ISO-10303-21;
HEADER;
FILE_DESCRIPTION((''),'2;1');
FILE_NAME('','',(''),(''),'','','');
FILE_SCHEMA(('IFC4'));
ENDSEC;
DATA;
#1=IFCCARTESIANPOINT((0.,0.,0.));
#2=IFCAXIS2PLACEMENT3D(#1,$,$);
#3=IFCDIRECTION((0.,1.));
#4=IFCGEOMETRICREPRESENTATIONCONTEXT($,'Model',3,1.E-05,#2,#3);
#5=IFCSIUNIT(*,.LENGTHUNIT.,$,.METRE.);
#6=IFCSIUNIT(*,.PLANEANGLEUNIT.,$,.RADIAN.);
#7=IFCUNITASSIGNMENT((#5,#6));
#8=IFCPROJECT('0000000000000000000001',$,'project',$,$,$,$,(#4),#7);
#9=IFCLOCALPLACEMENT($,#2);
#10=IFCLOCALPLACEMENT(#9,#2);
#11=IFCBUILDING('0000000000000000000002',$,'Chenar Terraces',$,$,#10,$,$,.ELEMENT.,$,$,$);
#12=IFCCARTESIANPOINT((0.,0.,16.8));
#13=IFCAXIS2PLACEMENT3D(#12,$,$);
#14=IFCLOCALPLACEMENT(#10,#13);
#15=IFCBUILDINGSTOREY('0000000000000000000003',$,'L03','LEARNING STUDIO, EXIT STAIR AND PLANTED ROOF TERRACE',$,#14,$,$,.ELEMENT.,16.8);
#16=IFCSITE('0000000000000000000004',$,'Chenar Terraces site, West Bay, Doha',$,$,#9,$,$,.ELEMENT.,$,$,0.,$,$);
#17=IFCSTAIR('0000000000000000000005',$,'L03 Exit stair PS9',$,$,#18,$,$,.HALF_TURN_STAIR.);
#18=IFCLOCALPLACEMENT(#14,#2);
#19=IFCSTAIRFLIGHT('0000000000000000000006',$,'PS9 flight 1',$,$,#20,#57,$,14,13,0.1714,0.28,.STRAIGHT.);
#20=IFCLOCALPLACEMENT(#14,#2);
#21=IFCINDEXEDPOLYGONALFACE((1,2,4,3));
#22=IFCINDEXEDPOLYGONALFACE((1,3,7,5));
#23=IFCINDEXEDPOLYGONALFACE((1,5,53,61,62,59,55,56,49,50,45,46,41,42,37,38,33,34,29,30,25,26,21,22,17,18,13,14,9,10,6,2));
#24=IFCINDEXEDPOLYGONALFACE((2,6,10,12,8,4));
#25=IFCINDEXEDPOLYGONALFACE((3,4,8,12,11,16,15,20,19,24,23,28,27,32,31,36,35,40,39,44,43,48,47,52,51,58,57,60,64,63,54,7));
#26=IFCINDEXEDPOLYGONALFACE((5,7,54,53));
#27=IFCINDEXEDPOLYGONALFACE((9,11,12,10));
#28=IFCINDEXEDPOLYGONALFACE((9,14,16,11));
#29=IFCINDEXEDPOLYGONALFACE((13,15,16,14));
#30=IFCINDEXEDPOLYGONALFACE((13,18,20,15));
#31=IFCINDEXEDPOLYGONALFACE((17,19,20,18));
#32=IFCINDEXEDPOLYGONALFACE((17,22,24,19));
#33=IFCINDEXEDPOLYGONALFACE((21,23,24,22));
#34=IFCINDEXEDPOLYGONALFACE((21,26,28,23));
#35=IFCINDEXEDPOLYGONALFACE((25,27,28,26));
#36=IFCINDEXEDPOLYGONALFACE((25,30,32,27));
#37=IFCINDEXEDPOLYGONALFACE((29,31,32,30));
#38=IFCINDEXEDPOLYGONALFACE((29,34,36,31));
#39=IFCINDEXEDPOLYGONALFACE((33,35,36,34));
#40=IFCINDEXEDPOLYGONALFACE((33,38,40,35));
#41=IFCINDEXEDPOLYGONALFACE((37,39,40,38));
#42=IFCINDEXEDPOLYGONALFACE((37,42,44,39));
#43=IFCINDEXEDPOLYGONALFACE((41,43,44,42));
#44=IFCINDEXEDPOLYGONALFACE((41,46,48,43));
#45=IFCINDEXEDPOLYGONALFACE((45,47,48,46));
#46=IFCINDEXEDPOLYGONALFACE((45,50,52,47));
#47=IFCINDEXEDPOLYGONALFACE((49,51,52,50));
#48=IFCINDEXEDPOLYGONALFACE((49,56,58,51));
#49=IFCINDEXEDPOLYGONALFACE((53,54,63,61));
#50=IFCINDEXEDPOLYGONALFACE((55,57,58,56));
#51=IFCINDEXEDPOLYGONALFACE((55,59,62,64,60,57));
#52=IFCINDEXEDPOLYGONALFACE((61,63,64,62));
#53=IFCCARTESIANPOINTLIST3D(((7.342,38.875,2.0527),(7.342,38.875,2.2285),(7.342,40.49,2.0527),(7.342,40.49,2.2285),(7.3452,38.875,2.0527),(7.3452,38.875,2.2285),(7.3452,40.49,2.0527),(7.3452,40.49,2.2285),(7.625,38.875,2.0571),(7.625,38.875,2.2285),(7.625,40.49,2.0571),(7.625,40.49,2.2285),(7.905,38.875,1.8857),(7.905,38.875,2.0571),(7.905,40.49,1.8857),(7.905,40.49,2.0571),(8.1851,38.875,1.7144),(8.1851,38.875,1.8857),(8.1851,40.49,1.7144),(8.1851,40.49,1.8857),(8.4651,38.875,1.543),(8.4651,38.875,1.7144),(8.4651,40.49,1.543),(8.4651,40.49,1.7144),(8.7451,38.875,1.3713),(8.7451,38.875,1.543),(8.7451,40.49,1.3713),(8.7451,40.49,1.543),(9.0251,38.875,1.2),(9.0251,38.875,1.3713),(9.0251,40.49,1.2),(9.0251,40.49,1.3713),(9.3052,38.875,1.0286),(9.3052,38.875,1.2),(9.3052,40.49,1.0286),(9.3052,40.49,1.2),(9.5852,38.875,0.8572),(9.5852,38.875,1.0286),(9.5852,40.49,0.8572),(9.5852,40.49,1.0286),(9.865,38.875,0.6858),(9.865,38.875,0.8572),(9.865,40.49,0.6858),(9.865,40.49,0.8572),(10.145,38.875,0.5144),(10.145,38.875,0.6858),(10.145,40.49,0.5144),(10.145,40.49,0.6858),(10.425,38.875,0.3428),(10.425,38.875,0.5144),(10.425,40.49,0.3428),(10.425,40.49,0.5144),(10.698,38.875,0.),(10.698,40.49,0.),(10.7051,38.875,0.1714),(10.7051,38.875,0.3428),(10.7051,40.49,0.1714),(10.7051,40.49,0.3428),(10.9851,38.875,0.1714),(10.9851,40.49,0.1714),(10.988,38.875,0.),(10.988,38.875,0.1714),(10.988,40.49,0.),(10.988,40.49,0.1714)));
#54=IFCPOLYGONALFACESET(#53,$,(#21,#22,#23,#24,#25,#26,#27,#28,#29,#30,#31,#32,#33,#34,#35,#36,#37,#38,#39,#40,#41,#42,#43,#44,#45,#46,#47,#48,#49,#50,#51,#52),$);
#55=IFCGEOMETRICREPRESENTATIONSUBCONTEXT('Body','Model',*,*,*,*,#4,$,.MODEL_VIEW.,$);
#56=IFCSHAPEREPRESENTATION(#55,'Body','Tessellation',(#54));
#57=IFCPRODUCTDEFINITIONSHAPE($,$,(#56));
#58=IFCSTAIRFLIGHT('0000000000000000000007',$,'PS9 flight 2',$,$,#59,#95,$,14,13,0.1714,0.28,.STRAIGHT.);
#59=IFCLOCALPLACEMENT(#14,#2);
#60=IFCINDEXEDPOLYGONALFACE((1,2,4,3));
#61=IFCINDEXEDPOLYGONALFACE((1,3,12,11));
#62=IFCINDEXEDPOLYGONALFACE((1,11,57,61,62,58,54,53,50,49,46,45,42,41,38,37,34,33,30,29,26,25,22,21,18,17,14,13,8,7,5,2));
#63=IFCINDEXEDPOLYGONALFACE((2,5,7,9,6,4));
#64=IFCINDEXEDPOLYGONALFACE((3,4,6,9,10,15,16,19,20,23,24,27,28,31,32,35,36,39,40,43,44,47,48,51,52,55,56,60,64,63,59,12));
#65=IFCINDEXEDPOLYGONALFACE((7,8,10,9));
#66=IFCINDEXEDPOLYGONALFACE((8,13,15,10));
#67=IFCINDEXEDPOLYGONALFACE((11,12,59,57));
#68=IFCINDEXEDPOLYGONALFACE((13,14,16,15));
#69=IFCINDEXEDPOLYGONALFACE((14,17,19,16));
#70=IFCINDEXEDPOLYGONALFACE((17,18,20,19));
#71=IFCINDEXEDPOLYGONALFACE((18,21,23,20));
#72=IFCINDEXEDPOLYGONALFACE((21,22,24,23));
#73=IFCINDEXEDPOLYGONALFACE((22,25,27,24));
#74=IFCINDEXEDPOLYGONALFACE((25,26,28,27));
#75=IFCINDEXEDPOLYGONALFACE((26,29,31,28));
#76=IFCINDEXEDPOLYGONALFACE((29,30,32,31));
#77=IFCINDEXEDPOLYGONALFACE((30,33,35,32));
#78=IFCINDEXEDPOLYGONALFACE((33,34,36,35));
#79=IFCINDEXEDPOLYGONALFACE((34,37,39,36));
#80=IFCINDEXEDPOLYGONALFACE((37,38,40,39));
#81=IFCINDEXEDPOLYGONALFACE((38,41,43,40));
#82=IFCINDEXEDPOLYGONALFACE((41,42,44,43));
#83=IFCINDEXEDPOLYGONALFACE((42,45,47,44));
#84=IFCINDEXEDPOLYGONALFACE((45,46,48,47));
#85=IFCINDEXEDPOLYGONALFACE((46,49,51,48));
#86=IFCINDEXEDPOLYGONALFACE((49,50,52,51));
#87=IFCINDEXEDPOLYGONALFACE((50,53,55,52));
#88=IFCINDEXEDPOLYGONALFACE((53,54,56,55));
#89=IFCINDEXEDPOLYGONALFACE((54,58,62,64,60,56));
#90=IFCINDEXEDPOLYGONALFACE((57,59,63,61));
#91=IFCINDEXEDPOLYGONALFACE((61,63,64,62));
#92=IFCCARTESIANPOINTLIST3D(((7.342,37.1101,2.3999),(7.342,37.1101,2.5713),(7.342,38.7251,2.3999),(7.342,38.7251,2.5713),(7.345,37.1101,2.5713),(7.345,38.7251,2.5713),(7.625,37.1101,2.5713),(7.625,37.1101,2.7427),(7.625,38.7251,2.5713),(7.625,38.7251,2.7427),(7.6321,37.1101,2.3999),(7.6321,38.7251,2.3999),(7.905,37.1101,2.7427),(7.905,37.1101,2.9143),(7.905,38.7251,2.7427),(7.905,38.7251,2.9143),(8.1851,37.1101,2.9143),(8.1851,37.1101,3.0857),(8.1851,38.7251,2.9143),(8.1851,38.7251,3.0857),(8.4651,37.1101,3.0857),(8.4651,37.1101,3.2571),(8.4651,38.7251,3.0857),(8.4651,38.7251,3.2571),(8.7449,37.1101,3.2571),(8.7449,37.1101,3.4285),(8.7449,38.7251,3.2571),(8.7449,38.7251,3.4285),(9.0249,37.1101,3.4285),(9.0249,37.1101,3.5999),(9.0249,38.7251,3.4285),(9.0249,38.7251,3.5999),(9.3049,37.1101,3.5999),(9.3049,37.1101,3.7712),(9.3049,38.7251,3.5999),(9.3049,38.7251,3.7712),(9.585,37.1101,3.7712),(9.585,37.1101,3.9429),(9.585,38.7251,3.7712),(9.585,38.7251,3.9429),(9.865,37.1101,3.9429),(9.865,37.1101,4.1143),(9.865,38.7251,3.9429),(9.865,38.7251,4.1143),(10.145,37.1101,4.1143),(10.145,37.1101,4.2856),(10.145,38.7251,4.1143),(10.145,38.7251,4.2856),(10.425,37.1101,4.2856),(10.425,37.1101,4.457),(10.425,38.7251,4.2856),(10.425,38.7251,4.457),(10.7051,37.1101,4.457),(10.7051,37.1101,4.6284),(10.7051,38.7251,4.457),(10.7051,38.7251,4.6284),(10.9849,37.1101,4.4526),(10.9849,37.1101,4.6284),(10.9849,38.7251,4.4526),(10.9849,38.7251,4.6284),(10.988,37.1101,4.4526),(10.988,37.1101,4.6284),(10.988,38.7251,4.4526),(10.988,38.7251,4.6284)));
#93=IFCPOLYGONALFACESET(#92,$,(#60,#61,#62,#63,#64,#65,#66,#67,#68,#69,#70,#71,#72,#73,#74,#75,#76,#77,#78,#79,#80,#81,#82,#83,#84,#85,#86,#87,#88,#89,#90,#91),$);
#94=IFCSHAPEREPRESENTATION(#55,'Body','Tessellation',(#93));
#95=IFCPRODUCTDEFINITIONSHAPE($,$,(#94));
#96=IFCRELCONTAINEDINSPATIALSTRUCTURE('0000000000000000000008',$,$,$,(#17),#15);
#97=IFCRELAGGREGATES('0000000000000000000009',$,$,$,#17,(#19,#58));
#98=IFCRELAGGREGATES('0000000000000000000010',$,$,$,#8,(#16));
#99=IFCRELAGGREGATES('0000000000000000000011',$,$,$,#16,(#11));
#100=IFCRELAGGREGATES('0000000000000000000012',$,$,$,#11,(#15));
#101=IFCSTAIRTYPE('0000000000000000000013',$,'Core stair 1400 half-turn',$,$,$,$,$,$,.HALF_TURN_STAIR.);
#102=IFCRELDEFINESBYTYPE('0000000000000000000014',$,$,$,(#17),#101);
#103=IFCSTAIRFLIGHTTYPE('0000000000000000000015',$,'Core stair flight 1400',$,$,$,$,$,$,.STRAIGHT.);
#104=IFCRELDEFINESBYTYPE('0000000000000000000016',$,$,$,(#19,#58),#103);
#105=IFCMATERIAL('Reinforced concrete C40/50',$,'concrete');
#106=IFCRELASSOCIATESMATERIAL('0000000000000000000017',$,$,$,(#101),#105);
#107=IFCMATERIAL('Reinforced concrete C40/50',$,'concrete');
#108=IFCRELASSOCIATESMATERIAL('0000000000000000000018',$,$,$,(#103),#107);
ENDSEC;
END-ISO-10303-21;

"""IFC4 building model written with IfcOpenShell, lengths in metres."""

from ifc_helpers import new_model, si_unit, direction, frame, origin, place, context, subcontext, project, spatial, polyline, outline, extrude, material, type_object, element, aggregate, save


model = new_model("IFC4")

# Units and contexts
model_context = context("Model", 3, precision=1e-05, world=origin(), true_north=direction((0.0, 1.0)))
body_context = subcontext(model_context, "Body", "Model", "MODEL_VIEW")
ifc_project = project(units=[si_unit("LENGTHUNIT", "METRE"), si_unit("PLANEANGLEUNIT", "RADIAN")], contexts=[model_context])

# Site, building, storey
site_placement = place(None, origin())
site = spatial("IfcSite", under=ifc_project, at=site_placement, Name="Chenar Terraces site, West Bay, Doha", CompositionType="ELEMENT", RefElevation=0.0)
building_placement = place(site_placement, origin())
building = spatial("IfcBuilding", under=site, at=building_placement, Name="Chenar Terraces", CompositionType="ELEMENT")
storey_placement = place(building_placement, frame((0.0, 0.0, 16.8)))
storey = spatial("IfcBuildingStorey", under=building, at=storey_placement, Name="L03", Description="LEARNING STUDIO, EXIT STAIR AND PLANTED ROOF TERRACE", CompositionType="ELEMENT", Elevation=16.8)

# Stair, stair flights
ifc_material_1 = material(Name="Reinforced concrete C40/50", Category="concrete")
stair_type = type_object("IfcStairType", Name="Core stair 1400 half-turn", PredefinedType="HALF_TURN_STAIR", material=ifc_material_1)
placement = place(storey_placement, origin())
ifc_material_2 = material(Name="Reinforced concrete C40/50", Category="concrete")
stair_flight_type = type_object("IfcStairFlightType", Name="Core stair flight 1400", PredefinedType="STRAIGHT", material=ifc_material_2)
stair_1 = element("IfcStair", 1, at=placement, inside=storey, type_object=stair_type, Name="L03 Exit stair PS9", PredefinedType="HALF_TURN_STAIR")
stair_flight_1_placement = place(storey_placement, frame((10.9851, 39.6826, 0.0), z_axis=(0.0, 0.0, 1.0), x_axis=(-1.0, 0.0, 0.0)))
stair_flight_1 = element("IfcStairFlight", 2, at=stair_flight_1_placement, type_object=stair_flight_type, Name="PS9 flight 1", NumberOfRisers=14, NumberOfTreads=13, PredefinedType="STRAIGHT", RiserHeight=0.1714, TreadLength=0.28, context=body_context, shape_type="SweptSolid", body=[
    extrude(outline(polyline([(-0.0029, 0.0), (-0.0029, 0.1714), (0.0, 0.1714), (0.28, 0.1714), (0.28, 0.3428), (0.5601, 0.3428), (0.5601, 0.5144), (0.8401, 0.5144), (0.8401, 0.6858), (1.1201, 0.6858), (1.1201, 0.8572), (1.3999, 0.8572), (1.3999, 1.0286), (1.6799, 1.0286), (1.6799, 1.2), (1.96, 1.2), (1.96, 1.3713), (2.24, 1.3713), (2.24, 1.543), (2.52, 1.543), (2.52, 1.7144), (2.8, 1.7144), (2.8, 1.8857), (3.0801, 1.8857), (3.0801, 2.0571), (3.3601, 2.0571), (3.3601, 2.2285), (3.6399, 2.2285), (3.6431, 2.2285), (3.6431, 2.0527), (3.6399, 2.0527), (0.2871, 0.0), (-0.0029, 0.0)])), frame((0.0, 0.8076, 0.0), z_axis=(0.0, -1.0, 0.0), x_axis=(1.0, 0.0, 0.0)), (0.0, 0.0, 1.0), 1.615),
])
stair_flight_2_placement = place(storey_placement, frame((7.345, 37.9175, 2.3999), z_axis=(0.0, 0.0, 1.0), x_axis=(1.0, 0.0, 0.0)))
stair_flight_2 = element("IfcStairFlight", 3, at=stair_flight_2_placement, type_object=stair_flight_type, Name="PS9 flight 2", NumberOfRisers=14, NumberOfTreads=13, PredefinedType="STRAIGHT", RiserHeight=0.1714, TreadLength=0.28, context=body_context, shape_type="SweptSolid", body=[
    extrude(outline(polyline([(-0.0029, 0.0), (-0.0029, 0.1714), (0.0, 0.1714), (0.28, 0.1714), (0.28, 0.3428), (0.5601, 0.3428), (0.5601, 0.5144), (0.8401, 0.5144), (0.8401, 0.6858), (1.1201, 0.6858), (1.1201, 0.8572), (1.3999, 0.8572), (1.3999, 1.0286), (1.6799, 1.0286), (1.6799, 1.2), (1.96, 1.2), (1.96, 1.3713), (2.24, 1.3713), (2.24, 1.543), (2.52, 1.543), (2.52, 1.7144), (2.8, 1.7144), (2.8, 1.8857), (3.0801, 1.8857), (3.0801, 2.0571), (3.3601, 2.0571), (3.3601, 2.2285), (3.6399, 2.2285), (3.6431, 2.2285), (3.6431, 2.0527), (3.6399, 2.0527), (0.2871, 0.0), (-0.0029, 0.0)])), frame((0.0, 0.8076, 0.0), z_axis=(0.0, -1.0, 0.0), x_axis=(1.0, 0.0, 0.0)), (0.0, 0.0, 1.0), 1.615),
])
aggregate(stair_1, [stair_flight_1, stair_flight_2])

save(model, "model.ifc")
